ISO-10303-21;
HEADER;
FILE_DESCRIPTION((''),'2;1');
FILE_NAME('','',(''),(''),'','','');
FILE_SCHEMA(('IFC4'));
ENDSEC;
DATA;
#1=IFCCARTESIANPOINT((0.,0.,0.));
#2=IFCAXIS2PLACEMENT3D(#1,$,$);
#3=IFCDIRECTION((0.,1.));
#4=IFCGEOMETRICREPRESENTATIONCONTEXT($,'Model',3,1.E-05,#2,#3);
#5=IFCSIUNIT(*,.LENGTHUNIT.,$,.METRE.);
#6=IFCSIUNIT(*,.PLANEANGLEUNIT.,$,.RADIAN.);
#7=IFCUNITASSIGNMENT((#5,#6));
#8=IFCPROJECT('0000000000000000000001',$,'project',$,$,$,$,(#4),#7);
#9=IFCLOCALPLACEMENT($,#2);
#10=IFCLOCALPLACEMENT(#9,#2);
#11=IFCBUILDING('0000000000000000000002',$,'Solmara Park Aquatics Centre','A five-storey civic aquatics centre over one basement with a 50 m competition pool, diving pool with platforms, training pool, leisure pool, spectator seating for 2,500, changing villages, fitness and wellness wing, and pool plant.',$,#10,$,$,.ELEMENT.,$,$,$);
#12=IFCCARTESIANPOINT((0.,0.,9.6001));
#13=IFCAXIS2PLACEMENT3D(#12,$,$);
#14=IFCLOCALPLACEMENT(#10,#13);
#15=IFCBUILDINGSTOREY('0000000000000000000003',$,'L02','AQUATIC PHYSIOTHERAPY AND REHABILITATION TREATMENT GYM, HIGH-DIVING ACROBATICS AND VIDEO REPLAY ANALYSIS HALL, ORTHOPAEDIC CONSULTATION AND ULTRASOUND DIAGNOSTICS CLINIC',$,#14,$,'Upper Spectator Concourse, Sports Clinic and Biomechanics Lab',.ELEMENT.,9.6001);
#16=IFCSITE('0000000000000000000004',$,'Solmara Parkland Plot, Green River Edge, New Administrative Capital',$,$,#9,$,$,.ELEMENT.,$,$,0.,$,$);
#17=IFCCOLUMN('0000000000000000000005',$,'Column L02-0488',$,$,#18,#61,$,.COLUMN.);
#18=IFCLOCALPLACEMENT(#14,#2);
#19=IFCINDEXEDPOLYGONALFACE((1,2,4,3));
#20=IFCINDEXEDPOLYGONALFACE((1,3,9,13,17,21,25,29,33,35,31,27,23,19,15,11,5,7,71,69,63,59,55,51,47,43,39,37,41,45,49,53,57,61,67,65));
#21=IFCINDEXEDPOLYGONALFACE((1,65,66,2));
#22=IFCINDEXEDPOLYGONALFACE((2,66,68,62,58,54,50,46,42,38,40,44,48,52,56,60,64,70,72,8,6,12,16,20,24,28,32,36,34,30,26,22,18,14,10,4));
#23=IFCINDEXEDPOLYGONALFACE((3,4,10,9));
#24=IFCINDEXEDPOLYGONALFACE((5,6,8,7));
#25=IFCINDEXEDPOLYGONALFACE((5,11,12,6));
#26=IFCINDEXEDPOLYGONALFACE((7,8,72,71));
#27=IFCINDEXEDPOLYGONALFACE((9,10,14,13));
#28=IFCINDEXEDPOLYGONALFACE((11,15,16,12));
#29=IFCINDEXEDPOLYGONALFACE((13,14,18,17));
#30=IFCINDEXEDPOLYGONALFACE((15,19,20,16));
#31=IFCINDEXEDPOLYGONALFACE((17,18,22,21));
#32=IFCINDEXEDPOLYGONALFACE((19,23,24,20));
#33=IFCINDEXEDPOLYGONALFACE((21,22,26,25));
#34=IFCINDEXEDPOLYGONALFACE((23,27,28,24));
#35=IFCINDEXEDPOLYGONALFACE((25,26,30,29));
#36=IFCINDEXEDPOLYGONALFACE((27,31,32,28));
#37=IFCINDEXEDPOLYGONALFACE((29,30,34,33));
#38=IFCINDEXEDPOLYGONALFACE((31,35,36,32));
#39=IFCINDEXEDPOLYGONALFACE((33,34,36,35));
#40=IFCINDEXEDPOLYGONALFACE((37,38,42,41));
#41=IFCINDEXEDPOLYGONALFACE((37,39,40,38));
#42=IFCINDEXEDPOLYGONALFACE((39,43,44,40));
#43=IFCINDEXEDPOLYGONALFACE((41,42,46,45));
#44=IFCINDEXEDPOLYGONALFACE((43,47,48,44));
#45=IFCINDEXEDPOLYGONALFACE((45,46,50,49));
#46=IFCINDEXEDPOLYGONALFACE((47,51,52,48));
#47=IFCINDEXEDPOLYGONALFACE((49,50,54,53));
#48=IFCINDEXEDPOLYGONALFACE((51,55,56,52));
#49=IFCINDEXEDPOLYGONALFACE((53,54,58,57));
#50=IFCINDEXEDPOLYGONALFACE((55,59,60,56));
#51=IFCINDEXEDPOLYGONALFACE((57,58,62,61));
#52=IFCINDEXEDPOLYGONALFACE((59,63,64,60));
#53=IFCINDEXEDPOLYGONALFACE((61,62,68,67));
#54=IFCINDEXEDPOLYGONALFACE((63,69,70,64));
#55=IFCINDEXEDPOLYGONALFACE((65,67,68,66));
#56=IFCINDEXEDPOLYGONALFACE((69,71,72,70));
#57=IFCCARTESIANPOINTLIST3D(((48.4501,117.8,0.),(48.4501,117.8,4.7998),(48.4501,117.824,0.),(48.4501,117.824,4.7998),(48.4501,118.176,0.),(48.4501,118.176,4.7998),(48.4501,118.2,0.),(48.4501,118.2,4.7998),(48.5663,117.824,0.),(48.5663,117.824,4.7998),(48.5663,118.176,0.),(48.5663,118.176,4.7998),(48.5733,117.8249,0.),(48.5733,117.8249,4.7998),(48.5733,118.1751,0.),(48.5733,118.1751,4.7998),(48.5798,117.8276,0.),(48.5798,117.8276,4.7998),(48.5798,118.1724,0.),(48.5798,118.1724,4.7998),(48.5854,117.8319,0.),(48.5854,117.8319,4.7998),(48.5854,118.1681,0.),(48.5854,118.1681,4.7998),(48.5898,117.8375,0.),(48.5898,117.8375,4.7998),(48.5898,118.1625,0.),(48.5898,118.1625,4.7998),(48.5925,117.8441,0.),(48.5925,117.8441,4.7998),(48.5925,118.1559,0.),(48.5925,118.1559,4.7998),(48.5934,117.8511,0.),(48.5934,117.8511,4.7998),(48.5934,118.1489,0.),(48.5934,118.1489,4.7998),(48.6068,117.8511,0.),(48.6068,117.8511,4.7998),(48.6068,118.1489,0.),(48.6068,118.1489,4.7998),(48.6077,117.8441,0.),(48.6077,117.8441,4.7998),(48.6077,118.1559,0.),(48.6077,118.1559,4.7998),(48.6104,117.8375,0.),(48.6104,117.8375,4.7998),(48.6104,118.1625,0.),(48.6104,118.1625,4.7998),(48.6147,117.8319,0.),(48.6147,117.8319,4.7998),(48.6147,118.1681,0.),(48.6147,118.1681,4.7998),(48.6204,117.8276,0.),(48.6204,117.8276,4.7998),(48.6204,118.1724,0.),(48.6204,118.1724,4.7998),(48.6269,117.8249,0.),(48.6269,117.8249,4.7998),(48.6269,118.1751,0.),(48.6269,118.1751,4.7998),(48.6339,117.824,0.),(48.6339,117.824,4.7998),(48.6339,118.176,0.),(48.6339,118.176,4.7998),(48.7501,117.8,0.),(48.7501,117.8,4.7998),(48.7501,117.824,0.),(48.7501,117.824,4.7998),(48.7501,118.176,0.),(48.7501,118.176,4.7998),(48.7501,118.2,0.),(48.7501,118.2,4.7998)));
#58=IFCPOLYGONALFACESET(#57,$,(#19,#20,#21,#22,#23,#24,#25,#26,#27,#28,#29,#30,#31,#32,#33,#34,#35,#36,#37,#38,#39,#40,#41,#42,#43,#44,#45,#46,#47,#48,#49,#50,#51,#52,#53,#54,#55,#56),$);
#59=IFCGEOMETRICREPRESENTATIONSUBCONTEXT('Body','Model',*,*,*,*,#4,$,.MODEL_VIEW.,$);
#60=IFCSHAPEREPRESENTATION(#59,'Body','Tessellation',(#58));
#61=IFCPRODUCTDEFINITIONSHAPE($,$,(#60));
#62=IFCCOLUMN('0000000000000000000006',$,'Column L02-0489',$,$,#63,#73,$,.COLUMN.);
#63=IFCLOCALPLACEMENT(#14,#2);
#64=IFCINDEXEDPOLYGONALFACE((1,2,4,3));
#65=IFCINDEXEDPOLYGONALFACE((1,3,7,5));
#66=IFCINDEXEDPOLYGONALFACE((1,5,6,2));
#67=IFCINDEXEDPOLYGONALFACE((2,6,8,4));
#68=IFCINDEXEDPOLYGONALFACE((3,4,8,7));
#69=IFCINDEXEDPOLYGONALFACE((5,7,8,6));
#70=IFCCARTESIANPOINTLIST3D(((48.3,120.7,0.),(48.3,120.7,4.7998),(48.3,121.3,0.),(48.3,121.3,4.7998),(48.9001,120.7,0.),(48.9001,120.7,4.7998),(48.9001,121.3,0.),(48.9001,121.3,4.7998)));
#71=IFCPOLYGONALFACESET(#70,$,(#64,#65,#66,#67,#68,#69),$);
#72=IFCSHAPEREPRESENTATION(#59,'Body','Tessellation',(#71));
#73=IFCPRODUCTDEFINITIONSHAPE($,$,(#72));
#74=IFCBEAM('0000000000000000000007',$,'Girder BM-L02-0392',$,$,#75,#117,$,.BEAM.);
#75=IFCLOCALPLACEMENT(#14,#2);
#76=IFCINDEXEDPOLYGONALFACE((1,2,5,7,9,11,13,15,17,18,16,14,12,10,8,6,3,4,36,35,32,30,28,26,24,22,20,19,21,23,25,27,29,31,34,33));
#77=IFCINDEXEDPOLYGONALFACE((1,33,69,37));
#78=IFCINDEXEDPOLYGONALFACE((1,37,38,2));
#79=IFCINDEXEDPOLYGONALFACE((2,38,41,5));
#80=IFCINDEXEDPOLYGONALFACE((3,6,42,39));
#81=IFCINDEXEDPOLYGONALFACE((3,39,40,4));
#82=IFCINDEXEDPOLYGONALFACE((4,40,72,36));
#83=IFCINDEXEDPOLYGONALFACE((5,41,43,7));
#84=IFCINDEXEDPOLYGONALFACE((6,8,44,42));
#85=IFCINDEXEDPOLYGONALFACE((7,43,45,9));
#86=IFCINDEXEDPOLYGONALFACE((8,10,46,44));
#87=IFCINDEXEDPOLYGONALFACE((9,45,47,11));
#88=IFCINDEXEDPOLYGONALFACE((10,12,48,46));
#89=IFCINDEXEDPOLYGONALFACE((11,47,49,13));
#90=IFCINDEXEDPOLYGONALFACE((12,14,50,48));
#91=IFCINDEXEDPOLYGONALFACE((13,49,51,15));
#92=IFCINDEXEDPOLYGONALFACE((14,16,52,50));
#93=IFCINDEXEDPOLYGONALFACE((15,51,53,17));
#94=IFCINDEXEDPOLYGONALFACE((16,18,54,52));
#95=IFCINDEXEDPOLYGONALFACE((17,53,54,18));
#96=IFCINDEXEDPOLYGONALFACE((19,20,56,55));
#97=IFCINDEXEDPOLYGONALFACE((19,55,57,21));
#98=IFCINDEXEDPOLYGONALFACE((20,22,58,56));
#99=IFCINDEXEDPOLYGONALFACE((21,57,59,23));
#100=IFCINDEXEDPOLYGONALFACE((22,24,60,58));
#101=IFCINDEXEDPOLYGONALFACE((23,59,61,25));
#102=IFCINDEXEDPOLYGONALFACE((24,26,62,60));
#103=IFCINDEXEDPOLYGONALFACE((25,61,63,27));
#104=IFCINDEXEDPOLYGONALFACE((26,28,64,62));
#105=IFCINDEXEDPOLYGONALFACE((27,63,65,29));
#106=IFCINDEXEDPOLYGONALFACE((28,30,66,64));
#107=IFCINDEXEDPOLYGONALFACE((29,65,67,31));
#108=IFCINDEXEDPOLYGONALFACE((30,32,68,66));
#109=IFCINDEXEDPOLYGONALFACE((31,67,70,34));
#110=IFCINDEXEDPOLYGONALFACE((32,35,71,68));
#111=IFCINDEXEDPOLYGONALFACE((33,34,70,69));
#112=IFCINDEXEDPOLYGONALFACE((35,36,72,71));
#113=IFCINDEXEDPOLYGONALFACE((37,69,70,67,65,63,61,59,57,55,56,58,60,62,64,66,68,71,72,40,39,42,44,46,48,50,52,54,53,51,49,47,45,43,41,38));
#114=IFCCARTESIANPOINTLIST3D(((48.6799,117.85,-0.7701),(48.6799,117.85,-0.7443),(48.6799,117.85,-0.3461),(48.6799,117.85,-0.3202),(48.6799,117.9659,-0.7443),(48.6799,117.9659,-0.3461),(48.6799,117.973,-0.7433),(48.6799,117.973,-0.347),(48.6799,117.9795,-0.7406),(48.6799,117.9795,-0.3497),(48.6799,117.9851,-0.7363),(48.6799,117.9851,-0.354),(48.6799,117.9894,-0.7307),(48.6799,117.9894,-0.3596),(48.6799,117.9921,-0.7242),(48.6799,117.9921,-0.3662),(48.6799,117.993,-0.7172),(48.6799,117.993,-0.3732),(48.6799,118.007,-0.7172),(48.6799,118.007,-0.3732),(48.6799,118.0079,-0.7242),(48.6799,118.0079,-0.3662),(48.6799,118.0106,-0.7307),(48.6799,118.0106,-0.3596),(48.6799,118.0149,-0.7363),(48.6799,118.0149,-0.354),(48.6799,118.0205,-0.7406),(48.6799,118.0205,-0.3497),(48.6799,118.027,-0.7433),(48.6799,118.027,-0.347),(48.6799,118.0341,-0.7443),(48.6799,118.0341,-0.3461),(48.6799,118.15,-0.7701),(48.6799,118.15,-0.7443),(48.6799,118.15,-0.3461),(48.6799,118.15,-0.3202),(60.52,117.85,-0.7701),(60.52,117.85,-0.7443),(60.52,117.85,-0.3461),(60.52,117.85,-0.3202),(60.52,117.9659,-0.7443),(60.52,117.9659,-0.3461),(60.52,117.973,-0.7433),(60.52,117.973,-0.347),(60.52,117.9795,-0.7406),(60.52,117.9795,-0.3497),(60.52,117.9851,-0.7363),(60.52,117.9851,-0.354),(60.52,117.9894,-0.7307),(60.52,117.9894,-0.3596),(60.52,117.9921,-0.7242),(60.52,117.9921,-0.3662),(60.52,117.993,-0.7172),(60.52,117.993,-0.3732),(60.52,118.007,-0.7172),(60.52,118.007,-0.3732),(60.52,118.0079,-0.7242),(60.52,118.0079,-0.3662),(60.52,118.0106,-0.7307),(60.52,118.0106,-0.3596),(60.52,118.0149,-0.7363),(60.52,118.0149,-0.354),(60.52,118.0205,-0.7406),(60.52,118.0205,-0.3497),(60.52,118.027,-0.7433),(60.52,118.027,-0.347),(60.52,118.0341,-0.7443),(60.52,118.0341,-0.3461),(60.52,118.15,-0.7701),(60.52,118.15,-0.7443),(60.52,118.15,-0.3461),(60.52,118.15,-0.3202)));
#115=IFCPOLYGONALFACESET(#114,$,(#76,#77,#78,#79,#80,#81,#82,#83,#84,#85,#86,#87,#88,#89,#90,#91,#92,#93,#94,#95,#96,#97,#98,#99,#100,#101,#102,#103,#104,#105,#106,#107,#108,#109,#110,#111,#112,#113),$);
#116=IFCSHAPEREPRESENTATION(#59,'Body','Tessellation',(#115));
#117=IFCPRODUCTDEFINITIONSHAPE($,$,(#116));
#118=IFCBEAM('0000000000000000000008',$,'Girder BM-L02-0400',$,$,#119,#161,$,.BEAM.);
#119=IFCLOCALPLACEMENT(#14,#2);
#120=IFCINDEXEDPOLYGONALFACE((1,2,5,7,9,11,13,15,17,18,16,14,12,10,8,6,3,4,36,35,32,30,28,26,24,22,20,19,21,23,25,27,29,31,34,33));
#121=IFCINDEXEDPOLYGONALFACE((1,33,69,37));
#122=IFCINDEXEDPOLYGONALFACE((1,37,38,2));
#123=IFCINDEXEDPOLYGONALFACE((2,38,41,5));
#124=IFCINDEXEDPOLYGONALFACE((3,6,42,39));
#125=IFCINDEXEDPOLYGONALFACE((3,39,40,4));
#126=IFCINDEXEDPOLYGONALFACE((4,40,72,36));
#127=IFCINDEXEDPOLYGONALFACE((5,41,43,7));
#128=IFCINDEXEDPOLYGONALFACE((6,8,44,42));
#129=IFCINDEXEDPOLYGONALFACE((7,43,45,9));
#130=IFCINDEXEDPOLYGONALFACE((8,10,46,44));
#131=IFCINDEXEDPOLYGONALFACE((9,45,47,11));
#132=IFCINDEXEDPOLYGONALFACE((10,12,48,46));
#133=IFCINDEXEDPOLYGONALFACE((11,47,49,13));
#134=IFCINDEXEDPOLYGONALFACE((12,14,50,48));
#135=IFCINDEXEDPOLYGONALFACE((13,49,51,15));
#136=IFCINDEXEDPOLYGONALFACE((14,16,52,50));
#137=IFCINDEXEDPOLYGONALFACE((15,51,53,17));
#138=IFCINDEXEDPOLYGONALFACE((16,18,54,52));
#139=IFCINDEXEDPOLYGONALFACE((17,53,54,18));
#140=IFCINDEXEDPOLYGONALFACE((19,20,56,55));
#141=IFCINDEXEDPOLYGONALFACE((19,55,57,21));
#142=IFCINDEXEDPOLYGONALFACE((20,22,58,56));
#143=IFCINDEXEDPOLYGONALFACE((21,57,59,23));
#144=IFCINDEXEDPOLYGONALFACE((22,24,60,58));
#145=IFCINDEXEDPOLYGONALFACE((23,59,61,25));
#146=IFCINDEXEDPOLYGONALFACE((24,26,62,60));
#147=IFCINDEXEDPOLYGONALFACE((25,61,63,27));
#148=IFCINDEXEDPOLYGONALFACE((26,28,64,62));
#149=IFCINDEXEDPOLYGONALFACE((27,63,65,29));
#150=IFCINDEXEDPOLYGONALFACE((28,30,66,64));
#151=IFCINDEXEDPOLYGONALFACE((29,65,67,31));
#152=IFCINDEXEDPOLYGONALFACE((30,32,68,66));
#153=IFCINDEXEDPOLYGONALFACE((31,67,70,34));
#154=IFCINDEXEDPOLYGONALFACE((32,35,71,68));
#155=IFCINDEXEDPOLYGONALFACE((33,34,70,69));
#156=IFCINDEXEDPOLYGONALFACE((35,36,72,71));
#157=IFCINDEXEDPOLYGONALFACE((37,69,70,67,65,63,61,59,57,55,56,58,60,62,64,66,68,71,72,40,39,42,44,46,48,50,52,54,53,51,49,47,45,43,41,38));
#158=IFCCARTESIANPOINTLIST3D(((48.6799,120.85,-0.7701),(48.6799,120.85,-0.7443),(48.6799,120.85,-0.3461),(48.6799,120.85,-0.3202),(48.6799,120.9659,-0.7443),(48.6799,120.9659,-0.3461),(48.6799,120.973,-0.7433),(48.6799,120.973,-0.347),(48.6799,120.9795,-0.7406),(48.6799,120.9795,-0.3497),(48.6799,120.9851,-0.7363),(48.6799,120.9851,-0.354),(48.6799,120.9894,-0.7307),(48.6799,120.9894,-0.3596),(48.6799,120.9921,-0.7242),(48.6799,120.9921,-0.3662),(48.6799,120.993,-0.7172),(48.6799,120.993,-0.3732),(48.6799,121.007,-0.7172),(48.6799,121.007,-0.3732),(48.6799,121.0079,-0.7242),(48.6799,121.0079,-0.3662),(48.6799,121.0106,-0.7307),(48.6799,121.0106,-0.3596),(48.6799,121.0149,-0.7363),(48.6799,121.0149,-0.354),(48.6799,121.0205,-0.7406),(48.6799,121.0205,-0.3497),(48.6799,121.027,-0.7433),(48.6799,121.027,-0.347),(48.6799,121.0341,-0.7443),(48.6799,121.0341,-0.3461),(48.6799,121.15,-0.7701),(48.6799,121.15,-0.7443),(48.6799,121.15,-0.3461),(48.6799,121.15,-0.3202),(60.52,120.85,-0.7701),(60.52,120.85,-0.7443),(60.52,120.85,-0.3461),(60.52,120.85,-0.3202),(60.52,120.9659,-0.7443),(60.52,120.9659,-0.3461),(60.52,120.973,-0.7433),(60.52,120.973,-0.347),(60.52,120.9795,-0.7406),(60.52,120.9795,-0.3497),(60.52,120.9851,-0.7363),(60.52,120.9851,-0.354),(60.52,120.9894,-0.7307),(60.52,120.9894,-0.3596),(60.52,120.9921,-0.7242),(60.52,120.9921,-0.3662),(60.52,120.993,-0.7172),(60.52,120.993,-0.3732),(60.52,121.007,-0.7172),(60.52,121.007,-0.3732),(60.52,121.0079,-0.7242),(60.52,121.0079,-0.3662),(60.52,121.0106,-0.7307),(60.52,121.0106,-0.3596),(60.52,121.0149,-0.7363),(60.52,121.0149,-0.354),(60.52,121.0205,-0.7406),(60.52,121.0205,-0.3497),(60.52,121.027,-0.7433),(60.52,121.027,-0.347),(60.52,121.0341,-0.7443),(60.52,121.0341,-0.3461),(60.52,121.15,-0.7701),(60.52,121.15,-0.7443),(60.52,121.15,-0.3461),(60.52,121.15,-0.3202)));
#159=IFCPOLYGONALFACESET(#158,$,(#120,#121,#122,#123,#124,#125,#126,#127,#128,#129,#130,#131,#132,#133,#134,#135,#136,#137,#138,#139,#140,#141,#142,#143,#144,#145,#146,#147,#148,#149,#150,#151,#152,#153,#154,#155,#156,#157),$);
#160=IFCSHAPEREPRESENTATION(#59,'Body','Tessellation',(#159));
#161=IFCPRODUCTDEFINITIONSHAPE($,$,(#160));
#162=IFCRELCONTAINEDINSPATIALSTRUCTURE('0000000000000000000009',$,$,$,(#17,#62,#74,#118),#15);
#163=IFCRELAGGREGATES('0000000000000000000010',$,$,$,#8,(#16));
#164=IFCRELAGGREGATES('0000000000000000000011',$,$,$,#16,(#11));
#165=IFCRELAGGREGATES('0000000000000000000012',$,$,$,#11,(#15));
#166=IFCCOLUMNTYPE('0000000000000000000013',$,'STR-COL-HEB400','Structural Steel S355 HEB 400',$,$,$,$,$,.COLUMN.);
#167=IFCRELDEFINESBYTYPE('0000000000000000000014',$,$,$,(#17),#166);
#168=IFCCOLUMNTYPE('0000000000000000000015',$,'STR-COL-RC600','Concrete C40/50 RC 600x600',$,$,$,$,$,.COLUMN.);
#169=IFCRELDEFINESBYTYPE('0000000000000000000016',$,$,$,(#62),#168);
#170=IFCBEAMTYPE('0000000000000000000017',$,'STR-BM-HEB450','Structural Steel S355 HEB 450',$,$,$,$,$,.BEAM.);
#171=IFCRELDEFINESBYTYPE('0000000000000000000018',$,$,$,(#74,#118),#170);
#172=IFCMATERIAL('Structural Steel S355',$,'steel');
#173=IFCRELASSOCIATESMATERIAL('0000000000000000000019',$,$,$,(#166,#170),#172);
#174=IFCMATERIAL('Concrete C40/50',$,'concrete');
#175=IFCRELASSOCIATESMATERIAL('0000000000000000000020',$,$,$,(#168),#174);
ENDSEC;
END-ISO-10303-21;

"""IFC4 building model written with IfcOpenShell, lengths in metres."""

from ifc_helpers import new_model, si_unit, direction, frame, origin, origin_2d, place, context, subcontext, project, spatial, rectangle, i_section, extrude, material, material_profile, profile_set, type_object, element, save


model = new_model("IFC4")

# Units and contexts
model_context = context("Model", 3, precision=1e-05, world=origin(), true_north=direction((0.0, 1.0)))
body_context = subcontext(model_context, "Body", "Model", "MODEL_VIEW")
ifc_project = project(units=[si_unit("LENGTHUNIT", "METRE"), si_unit("PLANEANGLEUNIT", "RADIAN")], contexts=[model_context])

# Site, building, storey
site_placement = place(None, origin())
site = spatial("IfcSite", under=ifc_project, at=site_placement, Name="Solmara Parkland Plot, Green River Edge, New Administrative Capital", CompositionType="ELEMENT", RefElevation=0.0)
building_placement = place(site_placement, origin())
building = spatial("IfcBuilding", under=site, at=building_placement, Name="Solmara Park Aquatics Centre", Description="A five-storey civic aquatics centre over one basement with a 50 m competition pool, diving pool with platforms, training pool, leisure pool, spectator seating for 2,500, changing villages, fitness and wellness wing, and pool plant.", CompositionType="ELEMENT")
storey_placement = place(building_placement, frame((0.0, 0.0, 9.6001)))
storey = spatial("IfcBuildingStorey", under=building, at=storey_placement, Name="L02", Description="AQUATIC PHYSIOTHERAPY AND REHABILITATION TREATMENT GYM, HIGH-DIVING ACROBATICS AND VIDEO REPLAY ANALYSIS HALL, ORTHOPAEDIC CONSULTATION AND ULTRASOUND DIAGNOSTICS CLINIC", LongName="Upper Spectator Concourse, Sports Clinic and Biomechanics Lab", CompositionType="ELEMENT", Elevation=9.6001)

# Columns
ifc_material_1 = material(Name="Structural Steel S355", Category="steel")
ifc_material_profile_1 = material_profile(ifc_material_1, i_section(OverallWidth=0.3, OverallDepth=0.3999, WebThickness=0.0134, FlangeThickness=0.0239, FilletRadius=0.0271, at=origin_2d()), Name="HEB 400")
ifc_profile_set_1 = profile_set([ifc_material_profile_1], Name="Structural Steel S355")
column_type_1 = type_object("IfcColumnType", Name="STR-COL-HEB400", Description="Structural Steel S355 HEB 400", PredefinedType="COLUMN", material=ifc_profile_set_1)
column_1_placement = place(storey_placement, frame((48.6001, 118.0, 0.0), z_axis=(0.0, 0.0, 1.0), x_axis=(1.0, 0.0, 0.0)))
element("IfcColumn", 1, at=column_1_placement, inside=storey, type_object=column_type_1, Name="Column L02-0488", PredefinedType="COLUMN", context=body_context, shape_type="SweptSolid", body=[
    extrude(i_section(OverallWidth=0.3, OverallDepth=0.3999, WebThickness=0.0134, FlangeThickness=0.0239, FilletRadius=0.0271, at=origin_2d()), origin(), (0.0, 0.0, 1.0), 4.7998),
])
ifc_material_2 = material(Name="Concrete C40/50", Category="concrete")
ifc_material_profile_2 = material_profile(ifc_material_2, rectangle(XDim=0.6001, YDim=0.6001, at=origin_2d()), Name="RC 600x600")
ifc_profile_set_2 = profile_set([ifc_material_profile_2], Name="Concrete C40/50")
column_type_2 = type_object("IfcColumnType", Name="STR-COL-RC600", Description="Concrete C40/50 RC 600x600", PredefinedType="COLUMN", material=ifc_profile_set_2)
column_2_placement = place(storey_placement, frame((48.6001, 121.0, 0.0), z_axis=(0.0, 0.0, 1.0), x_axis=(1.0, 0.0, 0.0)))
element("IfcColumn", 2, at=column_2_placement, inside=storey, type_object=column_type_2, Name="Column L02-0489", PredefinedType="COLUMN", context=body_context, shape_type="SweptSolid", body=[
    extrude(rectangle(XDim=0.6001, YDim=0.6001, at=origin_2d()), origin(), (0.0, 0.0, 1.0), 4.7998),
])

# Beams
ifc_material_profile_3 = material_profile(ifc_material_1, i_section(OverallWidth=0.3, OverallDepth=0.45, WebThickness=0.0139, FlangeThickness=0.0259, FilletRadius=0.0271, at=origin_2d()), Name="HEB 450")
ifc_profile_set_3 = profile_set([ifc_material_profile_3], Name="Structural Steel S355")
beam_type_1 = type_object("IfcBeamType", Name="STR-BM-HEB450", Description="Structural Steel S355 HEB 450", PredefinedType="BEAM", material=ifc_profile_set_3)
for number, where, z_axis, x_axis, name in (
    (3, (48.6799, 118.0, -0.5452), (1.0, 0.0, 0.0), (0.0, 1.0, 0.0), "Girder BM-L02-0392"),
    (4, (48.6799, 121.0, -0.5452), (1.0, 0.0, 0.0), (0.0, 1.0, 0.0), "Girder BM-L02-0400"),
):
    element("IfcBeam", number, at=place(storey_placement, frame(where, z_axis=z_axis, x_axis=x_axis)), inside=storey, type_object=beam_type_1, Name=name, PredefinedType="BEAM", context=body_context, shape_type="SweptSolid", body=[
        extrude(i_section(OverallWidth=0.3, OverallDepth=0.45, WebThickness=0.0139, FlangeThickness=0.0259, FilletRadius=0.0271, at=origin_2d()), origin(), (0.0, 0.0, 1.0), 11.8401),
    ])

save(model, "model.ifc")
